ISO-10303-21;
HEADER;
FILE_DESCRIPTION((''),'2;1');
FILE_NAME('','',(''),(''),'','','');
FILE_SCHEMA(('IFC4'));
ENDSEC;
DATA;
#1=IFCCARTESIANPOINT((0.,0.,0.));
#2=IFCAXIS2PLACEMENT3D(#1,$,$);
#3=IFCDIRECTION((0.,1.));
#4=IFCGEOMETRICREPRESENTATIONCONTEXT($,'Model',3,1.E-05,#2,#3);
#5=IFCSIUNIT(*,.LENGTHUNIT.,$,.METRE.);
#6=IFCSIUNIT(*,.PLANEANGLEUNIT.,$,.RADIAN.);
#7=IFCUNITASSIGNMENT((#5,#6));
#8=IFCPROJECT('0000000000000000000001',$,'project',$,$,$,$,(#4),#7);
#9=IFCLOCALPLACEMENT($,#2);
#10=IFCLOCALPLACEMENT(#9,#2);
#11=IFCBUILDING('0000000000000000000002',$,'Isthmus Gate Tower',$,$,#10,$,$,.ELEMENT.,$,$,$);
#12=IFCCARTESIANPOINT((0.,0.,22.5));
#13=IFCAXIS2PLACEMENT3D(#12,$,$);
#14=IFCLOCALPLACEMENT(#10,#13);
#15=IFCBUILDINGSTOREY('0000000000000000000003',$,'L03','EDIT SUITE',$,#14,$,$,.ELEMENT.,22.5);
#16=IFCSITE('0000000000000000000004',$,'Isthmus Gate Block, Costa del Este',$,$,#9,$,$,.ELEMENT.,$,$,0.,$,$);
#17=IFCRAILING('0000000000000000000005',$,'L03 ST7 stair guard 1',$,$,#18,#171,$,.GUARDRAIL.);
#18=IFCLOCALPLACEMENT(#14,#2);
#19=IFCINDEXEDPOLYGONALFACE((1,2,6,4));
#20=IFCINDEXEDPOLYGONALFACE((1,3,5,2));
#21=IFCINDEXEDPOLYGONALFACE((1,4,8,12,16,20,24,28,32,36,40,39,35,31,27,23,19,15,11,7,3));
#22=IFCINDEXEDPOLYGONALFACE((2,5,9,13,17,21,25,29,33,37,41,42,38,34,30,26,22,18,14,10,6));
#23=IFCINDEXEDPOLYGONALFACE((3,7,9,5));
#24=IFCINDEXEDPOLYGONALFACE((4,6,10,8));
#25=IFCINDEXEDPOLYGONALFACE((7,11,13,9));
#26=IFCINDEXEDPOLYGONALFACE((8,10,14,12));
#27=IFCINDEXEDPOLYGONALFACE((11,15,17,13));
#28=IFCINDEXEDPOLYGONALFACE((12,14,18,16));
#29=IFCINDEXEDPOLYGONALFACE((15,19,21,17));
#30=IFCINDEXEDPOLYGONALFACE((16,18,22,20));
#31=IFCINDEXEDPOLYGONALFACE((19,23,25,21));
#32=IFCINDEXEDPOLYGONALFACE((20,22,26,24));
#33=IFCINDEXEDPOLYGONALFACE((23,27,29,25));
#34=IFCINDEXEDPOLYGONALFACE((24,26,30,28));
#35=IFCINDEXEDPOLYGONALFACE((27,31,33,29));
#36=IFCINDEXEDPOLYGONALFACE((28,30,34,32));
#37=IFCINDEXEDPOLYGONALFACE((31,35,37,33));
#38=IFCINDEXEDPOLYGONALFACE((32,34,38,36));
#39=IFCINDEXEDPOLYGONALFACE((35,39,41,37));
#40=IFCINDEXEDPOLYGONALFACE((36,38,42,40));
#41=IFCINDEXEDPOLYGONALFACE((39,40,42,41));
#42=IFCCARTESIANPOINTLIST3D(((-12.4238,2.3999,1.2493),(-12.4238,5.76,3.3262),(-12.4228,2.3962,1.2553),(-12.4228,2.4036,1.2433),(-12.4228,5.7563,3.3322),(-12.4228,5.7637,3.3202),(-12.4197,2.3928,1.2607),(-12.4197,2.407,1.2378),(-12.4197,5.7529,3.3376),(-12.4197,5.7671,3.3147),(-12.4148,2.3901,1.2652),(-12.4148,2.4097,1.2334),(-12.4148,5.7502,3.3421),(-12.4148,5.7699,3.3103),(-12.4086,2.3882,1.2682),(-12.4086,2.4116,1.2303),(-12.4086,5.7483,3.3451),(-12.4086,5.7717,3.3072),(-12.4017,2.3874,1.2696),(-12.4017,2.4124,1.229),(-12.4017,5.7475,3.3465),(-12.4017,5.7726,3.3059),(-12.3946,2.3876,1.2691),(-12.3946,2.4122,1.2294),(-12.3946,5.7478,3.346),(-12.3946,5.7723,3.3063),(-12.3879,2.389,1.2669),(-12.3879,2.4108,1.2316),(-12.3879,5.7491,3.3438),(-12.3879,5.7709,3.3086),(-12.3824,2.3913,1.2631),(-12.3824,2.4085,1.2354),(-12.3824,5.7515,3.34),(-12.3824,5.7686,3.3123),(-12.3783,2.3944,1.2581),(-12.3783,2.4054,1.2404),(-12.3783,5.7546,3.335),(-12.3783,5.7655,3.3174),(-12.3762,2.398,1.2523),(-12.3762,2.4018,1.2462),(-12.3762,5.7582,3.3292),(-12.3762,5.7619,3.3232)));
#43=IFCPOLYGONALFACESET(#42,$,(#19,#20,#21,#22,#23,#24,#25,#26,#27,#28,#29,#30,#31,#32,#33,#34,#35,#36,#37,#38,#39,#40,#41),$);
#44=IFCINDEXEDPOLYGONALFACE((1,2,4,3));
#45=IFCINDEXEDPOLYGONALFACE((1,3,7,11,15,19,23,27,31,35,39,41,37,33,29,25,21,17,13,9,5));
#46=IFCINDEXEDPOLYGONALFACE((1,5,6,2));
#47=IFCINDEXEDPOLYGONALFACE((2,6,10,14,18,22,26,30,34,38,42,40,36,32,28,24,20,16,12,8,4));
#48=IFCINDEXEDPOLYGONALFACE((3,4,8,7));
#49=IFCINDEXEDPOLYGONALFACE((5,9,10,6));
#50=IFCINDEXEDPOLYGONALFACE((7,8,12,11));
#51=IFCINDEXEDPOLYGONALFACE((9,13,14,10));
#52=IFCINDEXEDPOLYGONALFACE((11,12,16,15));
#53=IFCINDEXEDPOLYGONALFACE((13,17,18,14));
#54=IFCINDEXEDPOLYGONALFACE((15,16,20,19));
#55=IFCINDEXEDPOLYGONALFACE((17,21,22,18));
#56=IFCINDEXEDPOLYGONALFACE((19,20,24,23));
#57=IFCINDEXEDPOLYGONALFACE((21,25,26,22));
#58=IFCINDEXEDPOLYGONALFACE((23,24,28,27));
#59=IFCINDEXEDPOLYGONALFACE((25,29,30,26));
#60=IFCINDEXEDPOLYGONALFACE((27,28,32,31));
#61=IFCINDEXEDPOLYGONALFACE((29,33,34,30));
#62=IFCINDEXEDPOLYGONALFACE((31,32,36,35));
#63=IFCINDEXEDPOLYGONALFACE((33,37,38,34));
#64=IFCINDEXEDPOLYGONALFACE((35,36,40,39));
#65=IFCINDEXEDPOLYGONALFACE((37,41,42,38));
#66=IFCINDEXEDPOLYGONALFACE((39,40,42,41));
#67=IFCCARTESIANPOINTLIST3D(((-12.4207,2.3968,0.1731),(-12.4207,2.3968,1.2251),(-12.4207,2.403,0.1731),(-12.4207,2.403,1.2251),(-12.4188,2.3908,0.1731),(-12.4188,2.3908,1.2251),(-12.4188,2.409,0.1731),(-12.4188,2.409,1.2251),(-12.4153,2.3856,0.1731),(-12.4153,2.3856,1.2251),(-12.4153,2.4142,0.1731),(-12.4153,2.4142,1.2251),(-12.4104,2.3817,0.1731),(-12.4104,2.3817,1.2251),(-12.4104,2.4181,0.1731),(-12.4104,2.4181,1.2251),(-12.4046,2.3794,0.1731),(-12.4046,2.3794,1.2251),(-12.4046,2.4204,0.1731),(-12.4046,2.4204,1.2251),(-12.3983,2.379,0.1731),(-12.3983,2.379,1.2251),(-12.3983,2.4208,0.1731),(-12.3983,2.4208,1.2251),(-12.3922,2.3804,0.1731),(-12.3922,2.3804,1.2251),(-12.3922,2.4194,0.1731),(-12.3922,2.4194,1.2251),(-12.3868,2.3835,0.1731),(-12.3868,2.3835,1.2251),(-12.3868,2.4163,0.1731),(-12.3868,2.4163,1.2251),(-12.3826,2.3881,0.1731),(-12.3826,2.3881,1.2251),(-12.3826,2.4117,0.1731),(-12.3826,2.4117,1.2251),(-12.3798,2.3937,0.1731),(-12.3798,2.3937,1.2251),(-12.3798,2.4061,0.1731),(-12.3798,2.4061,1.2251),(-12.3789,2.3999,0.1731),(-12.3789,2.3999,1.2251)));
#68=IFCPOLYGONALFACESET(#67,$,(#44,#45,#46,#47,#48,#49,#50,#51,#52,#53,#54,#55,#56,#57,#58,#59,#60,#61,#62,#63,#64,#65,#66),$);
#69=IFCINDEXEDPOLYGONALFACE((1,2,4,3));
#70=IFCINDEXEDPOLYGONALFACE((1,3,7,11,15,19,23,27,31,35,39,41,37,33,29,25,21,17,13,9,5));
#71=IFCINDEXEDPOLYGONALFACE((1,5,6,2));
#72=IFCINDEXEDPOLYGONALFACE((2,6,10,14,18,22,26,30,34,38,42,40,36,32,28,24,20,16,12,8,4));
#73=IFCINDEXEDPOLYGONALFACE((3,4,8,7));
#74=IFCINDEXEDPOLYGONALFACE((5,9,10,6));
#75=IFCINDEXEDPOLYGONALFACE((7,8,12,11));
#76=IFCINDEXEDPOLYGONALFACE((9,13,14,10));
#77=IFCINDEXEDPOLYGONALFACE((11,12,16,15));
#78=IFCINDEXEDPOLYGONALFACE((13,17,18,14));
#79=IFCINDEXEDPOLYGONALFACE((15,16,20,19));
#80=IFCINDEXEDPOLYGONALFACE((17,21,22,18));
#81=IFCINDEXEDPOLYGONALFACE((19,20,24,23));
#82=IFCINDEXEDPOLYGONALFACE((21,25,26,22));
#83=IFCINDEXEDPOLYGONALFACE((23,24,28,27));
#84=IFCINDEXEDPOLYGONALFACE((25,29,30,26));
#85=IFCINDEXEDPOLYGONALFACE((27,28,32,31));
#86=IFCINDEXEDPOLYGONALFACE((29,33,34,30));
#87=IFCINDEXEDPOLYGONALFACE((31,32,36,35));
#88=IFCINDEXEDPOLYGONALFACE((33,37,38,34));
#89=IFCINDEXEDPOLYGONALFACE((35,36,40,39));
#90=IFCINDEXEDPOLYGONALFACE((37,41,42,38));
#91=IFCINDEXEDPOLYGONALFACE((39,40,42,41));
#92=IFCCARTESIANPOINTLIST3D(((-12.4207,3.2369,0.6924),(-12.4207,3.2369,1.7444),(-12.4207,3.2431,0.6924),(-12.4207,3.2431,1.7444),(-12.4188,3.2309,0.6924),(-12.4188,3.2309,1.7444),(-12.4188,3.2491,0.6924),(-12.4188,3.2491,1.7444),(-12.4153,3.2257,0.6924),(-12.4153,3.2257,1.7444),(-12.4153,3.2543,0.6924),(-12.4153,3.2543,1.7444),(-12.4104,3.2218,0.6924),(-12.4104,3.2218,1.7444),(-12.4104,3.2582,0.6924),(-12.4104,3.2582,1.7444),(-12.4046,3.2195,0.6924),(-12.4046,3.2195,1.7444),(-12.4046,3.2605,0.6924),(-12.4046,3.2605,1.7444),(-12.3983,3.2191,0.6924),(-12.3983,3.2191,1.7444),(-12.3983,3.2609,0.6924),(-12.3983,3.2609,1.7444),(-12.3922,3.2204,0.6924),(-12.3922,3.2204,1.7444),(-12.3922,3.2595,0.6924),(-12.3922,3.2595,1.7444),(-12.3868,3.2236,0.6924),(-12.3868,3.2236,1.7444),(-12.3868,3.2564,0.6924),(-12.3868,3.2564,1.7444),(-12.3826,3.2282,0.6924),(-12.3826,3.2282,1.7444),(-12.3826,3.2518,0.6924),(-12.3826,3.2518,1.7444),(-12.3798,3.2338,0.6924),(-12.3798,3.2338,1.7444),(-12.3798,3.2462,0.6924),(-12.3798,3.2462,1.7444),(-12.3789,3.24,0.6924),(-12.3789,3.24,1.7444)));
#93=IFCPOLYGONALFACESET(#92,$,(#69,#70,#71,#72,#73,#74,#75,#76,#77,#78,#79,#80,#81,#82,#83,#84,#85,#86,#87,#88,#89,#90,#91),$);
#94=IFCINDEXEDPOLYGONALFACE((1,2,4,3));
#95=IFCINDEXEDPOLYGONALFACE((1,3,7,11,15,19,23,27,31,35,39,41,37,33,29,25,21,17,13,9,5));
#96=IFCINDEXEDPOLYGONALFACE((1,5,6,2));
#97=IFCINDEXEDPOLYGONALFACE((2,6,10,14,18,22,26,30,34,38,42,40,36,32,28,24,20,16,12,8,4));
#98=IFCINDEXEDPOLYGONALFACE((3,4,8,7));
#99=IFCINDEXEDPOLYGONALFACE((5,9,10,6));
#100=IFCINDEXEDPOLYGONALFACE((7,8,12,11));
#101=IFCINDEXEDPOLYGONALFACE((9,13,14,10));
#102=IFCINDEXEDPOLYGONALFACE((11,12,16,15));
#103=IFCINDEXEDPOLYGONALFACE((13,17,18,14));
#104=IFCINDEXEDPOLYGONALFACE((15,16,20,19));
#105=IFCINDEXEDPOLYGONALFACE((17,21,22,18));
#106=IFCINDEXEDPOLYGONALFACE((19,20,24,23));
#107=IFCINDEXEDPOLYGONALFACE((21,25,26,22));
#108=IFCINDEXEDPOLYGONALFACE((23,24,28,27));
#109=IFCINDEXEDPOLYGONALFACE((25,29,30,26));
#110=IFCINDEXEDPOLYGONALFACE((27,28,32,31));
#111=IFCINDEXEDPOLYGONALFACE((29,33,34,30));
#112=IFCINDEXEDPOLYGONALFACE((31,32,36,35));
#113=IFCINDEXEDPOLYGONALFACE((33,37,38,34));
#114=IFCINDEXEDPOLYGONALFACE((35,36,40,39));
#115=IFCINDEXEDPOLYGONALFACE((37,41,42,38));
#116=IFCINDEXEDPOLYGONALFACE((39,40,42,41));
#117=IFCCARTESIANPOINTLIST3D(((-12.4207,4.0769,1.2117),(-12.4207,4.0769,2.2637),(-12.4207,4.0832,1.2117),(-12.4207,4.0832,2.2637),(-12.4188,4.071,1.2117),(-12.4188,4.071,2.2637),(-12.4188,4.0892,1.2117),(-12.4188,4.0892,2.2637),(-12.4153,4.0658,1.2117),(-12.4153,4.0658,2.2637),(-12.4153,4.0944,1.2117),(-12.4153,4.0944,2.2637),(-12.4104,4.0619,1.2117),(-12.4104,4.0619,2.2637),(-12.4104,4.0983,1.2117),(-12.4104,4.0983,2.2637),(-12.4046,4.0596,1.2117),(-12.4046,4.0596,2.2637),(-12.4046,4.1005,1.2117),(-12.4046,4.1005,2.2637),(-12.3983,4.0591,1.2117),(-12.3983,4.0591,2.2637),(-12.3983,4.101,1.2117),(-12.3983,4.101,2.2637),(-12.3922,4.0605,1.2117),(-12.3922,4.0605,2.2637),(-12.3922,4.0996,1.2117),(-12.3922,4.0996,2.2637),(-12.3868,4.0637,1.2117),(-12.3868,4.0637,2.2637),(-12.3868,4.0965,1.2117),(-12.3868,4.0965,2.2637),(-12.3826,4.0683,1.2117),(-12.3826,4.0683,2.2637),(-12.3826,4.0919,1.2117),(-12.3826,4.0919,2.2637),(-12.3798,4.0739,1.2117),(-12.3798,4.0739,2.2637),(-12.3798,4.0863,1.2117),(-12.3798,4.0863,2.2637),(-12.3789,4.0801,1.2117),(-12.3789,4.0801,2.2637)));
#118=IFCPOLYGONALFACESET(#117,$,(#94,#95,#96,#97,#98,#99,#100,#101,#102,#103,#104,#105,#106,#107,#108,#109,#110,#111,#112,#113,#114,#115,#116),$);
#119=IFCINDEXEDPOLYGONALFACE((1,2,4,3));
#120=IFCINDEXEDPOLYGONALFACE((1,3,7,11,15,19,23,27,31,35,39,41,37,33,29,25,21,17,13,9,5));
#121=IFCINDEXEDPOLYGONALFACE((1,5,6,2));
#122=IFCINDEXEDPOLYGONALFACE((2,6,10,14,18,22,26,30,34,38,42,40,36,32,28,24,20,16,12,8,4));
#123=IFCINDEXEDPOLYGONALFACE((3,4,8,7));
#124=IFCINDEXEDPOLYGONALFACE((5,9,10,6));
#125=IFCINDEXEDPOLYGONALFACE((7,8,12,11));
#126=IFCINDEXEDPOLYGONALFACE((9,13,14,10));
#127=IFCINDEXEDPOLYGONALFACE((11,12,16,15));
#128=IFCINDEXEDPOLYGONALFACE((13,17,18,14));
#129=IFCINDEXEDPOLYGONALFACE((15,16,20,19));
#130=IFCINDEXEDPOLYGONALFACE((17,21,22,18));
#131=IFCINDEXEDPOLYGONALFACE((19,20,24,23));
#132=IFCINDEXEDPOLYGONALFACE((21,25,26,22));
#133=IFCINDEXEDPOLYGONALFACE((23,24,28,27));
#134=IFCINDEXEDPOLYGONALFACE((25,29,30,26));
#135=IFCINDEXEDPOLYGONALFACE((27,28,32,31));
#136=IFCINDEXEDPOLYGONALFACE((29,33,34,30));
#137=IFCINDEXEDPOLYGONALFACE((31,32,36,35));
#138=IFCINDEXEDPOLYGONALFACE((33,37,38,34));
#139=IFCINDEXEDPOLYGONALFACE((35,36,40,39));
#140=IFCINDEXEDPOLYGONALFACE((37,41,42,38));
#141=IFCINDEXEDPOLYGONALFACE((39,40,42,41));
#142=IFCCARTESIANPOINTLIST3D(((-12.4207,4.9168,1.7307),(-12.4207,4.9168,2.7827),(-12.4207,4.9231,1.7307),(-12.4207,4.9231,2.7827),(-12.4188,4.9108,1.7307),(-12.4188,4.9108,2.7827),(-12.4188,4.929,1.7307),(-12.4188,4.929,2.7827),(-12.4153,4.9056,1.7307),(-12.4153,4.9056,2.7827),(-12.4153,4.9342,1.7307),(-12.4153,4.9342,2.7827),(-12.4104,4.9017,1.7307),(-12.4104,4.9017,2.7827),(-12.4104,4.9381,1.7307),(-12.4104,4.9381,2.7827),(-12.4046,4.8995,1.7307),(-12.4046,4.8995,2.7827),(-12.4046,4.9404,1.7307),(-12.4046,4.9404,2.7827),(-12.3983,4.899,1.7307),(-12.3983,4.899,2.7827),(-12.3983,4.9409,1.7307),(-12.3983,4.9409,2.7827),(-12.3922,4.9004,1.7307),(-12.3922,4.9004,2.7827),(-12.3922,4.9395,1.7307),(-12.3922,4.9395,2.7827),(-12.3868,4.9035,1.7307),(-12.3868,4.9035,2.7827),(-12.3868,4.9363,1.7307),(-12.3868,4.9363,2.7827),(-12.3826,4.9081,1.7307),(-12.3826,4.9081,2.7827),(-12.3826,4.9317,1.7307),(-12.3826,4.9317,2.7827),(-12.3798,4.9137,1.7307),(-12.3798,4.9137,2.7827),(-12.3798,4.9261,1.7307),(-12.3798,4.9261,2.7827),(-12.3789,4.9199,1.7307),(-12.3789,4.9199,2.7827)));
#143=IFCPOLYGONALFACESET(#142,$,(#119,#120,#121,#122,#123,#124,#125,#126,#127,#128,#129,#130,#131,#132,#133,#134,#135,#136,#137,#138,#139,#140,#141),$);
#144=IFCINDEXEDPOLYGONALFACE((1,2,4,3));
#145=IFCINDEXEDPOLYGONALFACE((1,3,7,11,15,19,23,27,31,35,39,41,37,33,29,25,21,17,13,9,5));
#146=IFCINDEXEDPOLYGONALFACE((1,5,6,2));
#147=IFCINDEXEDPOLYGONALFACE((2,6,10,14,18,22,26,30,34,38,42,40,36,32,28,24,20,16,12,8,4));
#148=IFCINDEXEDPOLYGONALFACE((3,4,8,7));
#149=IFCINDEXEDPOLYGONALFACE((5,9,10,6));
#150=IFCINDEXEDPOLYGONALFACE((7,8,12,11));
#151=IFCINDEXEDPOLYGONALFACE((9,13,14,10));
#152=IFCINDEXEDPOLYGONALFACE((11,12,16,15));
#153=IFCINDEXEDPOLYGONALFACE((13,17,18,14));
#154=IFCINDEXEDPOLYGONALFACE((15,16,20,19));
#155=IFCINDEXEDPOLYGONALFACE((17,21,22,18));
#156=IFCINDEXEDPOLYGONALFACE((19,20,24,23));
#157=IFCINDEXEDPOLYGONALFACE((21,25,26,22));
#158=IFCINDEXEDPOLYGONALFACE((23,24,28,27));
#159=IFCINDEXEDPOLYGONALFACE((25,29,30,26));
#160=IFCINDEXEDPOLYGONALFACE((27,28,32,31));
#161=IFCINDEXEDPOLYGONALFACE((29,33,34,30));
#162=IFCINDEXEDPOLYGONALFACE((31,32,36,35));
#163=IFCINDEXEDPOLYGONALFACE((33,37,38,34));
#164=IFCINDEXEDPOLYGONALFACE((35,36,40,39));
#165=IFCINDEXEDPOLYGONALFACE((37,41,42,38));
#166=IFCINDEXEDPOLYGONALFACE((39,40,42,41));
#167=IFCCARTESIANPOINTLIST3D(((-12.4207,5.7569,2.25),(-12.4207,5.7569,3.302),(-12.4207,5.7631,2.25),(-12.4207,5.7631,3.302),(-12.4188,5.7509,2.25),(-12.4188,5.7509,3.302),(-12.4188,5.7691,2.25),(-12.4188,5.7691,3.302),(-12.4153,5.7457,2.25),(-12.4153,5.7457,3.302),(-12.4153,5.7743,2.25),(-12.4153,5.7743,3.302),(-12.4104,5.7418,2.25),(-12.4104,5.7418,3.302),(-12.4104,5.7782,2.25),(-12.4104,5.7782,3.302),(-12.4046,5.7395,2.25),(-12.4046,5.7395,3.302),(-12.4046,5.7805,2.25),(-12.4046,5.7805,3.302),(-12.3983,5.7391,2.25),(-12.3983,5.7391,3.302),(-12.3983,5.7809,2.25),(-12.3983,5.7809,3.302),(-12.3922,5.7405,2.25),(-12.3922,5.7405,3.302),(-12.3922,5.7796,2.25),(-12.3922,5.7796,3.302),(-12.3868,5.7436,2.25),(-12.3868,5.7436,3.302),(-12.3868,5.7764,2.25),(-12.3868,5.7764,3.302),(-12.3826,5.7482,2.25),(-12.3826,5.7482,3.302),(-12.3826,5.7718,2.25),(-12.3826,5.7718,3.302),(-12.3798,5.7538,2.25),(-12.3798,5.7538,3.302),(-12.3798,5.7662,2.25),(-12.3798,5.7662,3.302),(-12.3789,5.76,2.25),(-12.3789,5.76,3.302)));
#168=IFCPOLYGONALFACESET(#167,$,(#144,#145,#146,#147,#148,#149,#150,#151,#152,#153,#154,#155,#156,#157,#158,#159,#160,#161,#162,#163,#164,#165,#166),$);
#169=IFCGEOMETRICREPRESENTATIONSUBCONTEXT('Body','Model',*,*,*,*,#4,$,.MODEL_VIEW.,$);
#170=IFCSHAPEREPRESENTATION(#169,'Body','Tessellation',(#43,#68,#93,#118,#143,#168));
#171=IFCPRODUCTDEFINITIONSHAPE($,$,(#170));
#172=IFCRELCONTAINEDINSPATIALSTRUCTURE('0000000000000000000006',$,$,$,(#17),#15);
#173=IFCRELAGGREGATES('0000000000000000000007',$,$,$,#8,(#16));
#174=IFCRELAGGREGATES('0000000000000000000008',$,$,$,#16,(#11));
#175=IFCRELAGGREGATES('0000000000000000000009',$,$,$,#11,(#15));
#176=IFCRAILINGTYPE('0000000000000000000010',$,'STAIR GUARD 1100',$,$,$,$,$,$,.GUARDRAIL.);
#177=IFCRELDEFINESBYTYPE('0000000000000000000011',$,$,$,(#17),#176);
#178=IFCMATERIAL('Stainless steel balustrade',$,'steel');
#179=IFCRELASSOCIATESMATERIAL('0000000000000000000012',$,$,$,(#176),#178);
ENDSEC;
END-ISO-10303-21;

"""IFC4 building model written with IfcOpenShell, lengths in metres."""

from ifc_helpers import new_model, si_unit, direction, frame, origin, origin_2d, place, context, subcontext, project, spatial, circle, extrude, material, type_object, element, save


model = new_model("IFC4")

# Units and contexts
model_context = context("Model", 3, precision=1e-05, world=origin(), true_north=direction((0.0, 1.0)))
body_context = subcontext(model_context, "Body", "Model", "MODEL_VIEW")
ifc_project = project(units=[si_unit("LENGTHUNIT", "METRE"), si_unit("PLANEANGLEUNIT", "RADIAN")], contexts=[model_context])

# Site, building, storey
site_placement = place(None, origin())
site = spatial("IfcSite", under=ifc_project, at=site_placement, Name="Isthmus Gate Block, Costa del Este", CompositionType="ELEMENT", RefElevation=0.0)
building_placement = place(site_placement, origin())
building = spatial("IfcBuilding", under=site, at=building_placement, Name="Isthmus Gate Tower", CompositionType="ELEMENT")
storey_placement = place(building_placement, frame((0.0, 0.0, 22.5)))
storey = spatial("IfcBuildingStorey", under=building, at=storey_placement, Name="L03", Description="EDIT SUITE", CompositionType="ELEMENT", Elevation=22.5)

# Railing
ifc_material_1 = material(Name="Stainless steel balustrade", Category="steel")
railing_type_1 = type_object("IfcRailingType", Name="STAIR GUARD 1100", PredefinedType="GUARDRAIL", material=ifc_material_1)
railing_1_placement = place(storey_placement, frame((-12.3999, 2.3999, 0.1731)))
element("IfcRailing", 1, at=railing_1_placement, inside=storey, type_object=railing_type_1, Name="L03 ST7 stair guard 1", PredefinedType="GUARDRAIL", context=body_context, shape_type="SweptSolid", body=[
    extrude(circle(Radius=0.0239, at=origin_2d()), frame((0.0, 0.0, 1.0762), z_axis=(0.0, 0.850623, 0.525776), x_axis=(-1.0, 0.0, 0.0)), (0.0, 0.0, 1.0), 3.9502),
    extrude(circle(Radius=0.021, at=origin_2d()), origin(), (0.0, 0.0, 1.0), 1.052),
    extrude(circle(Radius=0.021, at=origin_2d()), frame((0.0, 0.8401, 0.5193)), (0.0, 0.0, 1.0), 1.052),
    extrude(circle(Radius=0.021, at=origin_2d()), frame((0.0, 1.6802, 1.0386)), (0.0, 0.0, 1.0), 1.052),
    extrude(circle(Radius=0.021, at=origin_2d()), frame((0.0, 2.52, 1.5576)), (0.0, 0.0, 1.0), 1.052),
    extrude(circle(Radius=0.021, at=origin_2d()), frame((0.0, 3.3601, 2.0769)), (0.0, 0.0, 1.0), 1.052),
])

save(model, "model.ifc")
